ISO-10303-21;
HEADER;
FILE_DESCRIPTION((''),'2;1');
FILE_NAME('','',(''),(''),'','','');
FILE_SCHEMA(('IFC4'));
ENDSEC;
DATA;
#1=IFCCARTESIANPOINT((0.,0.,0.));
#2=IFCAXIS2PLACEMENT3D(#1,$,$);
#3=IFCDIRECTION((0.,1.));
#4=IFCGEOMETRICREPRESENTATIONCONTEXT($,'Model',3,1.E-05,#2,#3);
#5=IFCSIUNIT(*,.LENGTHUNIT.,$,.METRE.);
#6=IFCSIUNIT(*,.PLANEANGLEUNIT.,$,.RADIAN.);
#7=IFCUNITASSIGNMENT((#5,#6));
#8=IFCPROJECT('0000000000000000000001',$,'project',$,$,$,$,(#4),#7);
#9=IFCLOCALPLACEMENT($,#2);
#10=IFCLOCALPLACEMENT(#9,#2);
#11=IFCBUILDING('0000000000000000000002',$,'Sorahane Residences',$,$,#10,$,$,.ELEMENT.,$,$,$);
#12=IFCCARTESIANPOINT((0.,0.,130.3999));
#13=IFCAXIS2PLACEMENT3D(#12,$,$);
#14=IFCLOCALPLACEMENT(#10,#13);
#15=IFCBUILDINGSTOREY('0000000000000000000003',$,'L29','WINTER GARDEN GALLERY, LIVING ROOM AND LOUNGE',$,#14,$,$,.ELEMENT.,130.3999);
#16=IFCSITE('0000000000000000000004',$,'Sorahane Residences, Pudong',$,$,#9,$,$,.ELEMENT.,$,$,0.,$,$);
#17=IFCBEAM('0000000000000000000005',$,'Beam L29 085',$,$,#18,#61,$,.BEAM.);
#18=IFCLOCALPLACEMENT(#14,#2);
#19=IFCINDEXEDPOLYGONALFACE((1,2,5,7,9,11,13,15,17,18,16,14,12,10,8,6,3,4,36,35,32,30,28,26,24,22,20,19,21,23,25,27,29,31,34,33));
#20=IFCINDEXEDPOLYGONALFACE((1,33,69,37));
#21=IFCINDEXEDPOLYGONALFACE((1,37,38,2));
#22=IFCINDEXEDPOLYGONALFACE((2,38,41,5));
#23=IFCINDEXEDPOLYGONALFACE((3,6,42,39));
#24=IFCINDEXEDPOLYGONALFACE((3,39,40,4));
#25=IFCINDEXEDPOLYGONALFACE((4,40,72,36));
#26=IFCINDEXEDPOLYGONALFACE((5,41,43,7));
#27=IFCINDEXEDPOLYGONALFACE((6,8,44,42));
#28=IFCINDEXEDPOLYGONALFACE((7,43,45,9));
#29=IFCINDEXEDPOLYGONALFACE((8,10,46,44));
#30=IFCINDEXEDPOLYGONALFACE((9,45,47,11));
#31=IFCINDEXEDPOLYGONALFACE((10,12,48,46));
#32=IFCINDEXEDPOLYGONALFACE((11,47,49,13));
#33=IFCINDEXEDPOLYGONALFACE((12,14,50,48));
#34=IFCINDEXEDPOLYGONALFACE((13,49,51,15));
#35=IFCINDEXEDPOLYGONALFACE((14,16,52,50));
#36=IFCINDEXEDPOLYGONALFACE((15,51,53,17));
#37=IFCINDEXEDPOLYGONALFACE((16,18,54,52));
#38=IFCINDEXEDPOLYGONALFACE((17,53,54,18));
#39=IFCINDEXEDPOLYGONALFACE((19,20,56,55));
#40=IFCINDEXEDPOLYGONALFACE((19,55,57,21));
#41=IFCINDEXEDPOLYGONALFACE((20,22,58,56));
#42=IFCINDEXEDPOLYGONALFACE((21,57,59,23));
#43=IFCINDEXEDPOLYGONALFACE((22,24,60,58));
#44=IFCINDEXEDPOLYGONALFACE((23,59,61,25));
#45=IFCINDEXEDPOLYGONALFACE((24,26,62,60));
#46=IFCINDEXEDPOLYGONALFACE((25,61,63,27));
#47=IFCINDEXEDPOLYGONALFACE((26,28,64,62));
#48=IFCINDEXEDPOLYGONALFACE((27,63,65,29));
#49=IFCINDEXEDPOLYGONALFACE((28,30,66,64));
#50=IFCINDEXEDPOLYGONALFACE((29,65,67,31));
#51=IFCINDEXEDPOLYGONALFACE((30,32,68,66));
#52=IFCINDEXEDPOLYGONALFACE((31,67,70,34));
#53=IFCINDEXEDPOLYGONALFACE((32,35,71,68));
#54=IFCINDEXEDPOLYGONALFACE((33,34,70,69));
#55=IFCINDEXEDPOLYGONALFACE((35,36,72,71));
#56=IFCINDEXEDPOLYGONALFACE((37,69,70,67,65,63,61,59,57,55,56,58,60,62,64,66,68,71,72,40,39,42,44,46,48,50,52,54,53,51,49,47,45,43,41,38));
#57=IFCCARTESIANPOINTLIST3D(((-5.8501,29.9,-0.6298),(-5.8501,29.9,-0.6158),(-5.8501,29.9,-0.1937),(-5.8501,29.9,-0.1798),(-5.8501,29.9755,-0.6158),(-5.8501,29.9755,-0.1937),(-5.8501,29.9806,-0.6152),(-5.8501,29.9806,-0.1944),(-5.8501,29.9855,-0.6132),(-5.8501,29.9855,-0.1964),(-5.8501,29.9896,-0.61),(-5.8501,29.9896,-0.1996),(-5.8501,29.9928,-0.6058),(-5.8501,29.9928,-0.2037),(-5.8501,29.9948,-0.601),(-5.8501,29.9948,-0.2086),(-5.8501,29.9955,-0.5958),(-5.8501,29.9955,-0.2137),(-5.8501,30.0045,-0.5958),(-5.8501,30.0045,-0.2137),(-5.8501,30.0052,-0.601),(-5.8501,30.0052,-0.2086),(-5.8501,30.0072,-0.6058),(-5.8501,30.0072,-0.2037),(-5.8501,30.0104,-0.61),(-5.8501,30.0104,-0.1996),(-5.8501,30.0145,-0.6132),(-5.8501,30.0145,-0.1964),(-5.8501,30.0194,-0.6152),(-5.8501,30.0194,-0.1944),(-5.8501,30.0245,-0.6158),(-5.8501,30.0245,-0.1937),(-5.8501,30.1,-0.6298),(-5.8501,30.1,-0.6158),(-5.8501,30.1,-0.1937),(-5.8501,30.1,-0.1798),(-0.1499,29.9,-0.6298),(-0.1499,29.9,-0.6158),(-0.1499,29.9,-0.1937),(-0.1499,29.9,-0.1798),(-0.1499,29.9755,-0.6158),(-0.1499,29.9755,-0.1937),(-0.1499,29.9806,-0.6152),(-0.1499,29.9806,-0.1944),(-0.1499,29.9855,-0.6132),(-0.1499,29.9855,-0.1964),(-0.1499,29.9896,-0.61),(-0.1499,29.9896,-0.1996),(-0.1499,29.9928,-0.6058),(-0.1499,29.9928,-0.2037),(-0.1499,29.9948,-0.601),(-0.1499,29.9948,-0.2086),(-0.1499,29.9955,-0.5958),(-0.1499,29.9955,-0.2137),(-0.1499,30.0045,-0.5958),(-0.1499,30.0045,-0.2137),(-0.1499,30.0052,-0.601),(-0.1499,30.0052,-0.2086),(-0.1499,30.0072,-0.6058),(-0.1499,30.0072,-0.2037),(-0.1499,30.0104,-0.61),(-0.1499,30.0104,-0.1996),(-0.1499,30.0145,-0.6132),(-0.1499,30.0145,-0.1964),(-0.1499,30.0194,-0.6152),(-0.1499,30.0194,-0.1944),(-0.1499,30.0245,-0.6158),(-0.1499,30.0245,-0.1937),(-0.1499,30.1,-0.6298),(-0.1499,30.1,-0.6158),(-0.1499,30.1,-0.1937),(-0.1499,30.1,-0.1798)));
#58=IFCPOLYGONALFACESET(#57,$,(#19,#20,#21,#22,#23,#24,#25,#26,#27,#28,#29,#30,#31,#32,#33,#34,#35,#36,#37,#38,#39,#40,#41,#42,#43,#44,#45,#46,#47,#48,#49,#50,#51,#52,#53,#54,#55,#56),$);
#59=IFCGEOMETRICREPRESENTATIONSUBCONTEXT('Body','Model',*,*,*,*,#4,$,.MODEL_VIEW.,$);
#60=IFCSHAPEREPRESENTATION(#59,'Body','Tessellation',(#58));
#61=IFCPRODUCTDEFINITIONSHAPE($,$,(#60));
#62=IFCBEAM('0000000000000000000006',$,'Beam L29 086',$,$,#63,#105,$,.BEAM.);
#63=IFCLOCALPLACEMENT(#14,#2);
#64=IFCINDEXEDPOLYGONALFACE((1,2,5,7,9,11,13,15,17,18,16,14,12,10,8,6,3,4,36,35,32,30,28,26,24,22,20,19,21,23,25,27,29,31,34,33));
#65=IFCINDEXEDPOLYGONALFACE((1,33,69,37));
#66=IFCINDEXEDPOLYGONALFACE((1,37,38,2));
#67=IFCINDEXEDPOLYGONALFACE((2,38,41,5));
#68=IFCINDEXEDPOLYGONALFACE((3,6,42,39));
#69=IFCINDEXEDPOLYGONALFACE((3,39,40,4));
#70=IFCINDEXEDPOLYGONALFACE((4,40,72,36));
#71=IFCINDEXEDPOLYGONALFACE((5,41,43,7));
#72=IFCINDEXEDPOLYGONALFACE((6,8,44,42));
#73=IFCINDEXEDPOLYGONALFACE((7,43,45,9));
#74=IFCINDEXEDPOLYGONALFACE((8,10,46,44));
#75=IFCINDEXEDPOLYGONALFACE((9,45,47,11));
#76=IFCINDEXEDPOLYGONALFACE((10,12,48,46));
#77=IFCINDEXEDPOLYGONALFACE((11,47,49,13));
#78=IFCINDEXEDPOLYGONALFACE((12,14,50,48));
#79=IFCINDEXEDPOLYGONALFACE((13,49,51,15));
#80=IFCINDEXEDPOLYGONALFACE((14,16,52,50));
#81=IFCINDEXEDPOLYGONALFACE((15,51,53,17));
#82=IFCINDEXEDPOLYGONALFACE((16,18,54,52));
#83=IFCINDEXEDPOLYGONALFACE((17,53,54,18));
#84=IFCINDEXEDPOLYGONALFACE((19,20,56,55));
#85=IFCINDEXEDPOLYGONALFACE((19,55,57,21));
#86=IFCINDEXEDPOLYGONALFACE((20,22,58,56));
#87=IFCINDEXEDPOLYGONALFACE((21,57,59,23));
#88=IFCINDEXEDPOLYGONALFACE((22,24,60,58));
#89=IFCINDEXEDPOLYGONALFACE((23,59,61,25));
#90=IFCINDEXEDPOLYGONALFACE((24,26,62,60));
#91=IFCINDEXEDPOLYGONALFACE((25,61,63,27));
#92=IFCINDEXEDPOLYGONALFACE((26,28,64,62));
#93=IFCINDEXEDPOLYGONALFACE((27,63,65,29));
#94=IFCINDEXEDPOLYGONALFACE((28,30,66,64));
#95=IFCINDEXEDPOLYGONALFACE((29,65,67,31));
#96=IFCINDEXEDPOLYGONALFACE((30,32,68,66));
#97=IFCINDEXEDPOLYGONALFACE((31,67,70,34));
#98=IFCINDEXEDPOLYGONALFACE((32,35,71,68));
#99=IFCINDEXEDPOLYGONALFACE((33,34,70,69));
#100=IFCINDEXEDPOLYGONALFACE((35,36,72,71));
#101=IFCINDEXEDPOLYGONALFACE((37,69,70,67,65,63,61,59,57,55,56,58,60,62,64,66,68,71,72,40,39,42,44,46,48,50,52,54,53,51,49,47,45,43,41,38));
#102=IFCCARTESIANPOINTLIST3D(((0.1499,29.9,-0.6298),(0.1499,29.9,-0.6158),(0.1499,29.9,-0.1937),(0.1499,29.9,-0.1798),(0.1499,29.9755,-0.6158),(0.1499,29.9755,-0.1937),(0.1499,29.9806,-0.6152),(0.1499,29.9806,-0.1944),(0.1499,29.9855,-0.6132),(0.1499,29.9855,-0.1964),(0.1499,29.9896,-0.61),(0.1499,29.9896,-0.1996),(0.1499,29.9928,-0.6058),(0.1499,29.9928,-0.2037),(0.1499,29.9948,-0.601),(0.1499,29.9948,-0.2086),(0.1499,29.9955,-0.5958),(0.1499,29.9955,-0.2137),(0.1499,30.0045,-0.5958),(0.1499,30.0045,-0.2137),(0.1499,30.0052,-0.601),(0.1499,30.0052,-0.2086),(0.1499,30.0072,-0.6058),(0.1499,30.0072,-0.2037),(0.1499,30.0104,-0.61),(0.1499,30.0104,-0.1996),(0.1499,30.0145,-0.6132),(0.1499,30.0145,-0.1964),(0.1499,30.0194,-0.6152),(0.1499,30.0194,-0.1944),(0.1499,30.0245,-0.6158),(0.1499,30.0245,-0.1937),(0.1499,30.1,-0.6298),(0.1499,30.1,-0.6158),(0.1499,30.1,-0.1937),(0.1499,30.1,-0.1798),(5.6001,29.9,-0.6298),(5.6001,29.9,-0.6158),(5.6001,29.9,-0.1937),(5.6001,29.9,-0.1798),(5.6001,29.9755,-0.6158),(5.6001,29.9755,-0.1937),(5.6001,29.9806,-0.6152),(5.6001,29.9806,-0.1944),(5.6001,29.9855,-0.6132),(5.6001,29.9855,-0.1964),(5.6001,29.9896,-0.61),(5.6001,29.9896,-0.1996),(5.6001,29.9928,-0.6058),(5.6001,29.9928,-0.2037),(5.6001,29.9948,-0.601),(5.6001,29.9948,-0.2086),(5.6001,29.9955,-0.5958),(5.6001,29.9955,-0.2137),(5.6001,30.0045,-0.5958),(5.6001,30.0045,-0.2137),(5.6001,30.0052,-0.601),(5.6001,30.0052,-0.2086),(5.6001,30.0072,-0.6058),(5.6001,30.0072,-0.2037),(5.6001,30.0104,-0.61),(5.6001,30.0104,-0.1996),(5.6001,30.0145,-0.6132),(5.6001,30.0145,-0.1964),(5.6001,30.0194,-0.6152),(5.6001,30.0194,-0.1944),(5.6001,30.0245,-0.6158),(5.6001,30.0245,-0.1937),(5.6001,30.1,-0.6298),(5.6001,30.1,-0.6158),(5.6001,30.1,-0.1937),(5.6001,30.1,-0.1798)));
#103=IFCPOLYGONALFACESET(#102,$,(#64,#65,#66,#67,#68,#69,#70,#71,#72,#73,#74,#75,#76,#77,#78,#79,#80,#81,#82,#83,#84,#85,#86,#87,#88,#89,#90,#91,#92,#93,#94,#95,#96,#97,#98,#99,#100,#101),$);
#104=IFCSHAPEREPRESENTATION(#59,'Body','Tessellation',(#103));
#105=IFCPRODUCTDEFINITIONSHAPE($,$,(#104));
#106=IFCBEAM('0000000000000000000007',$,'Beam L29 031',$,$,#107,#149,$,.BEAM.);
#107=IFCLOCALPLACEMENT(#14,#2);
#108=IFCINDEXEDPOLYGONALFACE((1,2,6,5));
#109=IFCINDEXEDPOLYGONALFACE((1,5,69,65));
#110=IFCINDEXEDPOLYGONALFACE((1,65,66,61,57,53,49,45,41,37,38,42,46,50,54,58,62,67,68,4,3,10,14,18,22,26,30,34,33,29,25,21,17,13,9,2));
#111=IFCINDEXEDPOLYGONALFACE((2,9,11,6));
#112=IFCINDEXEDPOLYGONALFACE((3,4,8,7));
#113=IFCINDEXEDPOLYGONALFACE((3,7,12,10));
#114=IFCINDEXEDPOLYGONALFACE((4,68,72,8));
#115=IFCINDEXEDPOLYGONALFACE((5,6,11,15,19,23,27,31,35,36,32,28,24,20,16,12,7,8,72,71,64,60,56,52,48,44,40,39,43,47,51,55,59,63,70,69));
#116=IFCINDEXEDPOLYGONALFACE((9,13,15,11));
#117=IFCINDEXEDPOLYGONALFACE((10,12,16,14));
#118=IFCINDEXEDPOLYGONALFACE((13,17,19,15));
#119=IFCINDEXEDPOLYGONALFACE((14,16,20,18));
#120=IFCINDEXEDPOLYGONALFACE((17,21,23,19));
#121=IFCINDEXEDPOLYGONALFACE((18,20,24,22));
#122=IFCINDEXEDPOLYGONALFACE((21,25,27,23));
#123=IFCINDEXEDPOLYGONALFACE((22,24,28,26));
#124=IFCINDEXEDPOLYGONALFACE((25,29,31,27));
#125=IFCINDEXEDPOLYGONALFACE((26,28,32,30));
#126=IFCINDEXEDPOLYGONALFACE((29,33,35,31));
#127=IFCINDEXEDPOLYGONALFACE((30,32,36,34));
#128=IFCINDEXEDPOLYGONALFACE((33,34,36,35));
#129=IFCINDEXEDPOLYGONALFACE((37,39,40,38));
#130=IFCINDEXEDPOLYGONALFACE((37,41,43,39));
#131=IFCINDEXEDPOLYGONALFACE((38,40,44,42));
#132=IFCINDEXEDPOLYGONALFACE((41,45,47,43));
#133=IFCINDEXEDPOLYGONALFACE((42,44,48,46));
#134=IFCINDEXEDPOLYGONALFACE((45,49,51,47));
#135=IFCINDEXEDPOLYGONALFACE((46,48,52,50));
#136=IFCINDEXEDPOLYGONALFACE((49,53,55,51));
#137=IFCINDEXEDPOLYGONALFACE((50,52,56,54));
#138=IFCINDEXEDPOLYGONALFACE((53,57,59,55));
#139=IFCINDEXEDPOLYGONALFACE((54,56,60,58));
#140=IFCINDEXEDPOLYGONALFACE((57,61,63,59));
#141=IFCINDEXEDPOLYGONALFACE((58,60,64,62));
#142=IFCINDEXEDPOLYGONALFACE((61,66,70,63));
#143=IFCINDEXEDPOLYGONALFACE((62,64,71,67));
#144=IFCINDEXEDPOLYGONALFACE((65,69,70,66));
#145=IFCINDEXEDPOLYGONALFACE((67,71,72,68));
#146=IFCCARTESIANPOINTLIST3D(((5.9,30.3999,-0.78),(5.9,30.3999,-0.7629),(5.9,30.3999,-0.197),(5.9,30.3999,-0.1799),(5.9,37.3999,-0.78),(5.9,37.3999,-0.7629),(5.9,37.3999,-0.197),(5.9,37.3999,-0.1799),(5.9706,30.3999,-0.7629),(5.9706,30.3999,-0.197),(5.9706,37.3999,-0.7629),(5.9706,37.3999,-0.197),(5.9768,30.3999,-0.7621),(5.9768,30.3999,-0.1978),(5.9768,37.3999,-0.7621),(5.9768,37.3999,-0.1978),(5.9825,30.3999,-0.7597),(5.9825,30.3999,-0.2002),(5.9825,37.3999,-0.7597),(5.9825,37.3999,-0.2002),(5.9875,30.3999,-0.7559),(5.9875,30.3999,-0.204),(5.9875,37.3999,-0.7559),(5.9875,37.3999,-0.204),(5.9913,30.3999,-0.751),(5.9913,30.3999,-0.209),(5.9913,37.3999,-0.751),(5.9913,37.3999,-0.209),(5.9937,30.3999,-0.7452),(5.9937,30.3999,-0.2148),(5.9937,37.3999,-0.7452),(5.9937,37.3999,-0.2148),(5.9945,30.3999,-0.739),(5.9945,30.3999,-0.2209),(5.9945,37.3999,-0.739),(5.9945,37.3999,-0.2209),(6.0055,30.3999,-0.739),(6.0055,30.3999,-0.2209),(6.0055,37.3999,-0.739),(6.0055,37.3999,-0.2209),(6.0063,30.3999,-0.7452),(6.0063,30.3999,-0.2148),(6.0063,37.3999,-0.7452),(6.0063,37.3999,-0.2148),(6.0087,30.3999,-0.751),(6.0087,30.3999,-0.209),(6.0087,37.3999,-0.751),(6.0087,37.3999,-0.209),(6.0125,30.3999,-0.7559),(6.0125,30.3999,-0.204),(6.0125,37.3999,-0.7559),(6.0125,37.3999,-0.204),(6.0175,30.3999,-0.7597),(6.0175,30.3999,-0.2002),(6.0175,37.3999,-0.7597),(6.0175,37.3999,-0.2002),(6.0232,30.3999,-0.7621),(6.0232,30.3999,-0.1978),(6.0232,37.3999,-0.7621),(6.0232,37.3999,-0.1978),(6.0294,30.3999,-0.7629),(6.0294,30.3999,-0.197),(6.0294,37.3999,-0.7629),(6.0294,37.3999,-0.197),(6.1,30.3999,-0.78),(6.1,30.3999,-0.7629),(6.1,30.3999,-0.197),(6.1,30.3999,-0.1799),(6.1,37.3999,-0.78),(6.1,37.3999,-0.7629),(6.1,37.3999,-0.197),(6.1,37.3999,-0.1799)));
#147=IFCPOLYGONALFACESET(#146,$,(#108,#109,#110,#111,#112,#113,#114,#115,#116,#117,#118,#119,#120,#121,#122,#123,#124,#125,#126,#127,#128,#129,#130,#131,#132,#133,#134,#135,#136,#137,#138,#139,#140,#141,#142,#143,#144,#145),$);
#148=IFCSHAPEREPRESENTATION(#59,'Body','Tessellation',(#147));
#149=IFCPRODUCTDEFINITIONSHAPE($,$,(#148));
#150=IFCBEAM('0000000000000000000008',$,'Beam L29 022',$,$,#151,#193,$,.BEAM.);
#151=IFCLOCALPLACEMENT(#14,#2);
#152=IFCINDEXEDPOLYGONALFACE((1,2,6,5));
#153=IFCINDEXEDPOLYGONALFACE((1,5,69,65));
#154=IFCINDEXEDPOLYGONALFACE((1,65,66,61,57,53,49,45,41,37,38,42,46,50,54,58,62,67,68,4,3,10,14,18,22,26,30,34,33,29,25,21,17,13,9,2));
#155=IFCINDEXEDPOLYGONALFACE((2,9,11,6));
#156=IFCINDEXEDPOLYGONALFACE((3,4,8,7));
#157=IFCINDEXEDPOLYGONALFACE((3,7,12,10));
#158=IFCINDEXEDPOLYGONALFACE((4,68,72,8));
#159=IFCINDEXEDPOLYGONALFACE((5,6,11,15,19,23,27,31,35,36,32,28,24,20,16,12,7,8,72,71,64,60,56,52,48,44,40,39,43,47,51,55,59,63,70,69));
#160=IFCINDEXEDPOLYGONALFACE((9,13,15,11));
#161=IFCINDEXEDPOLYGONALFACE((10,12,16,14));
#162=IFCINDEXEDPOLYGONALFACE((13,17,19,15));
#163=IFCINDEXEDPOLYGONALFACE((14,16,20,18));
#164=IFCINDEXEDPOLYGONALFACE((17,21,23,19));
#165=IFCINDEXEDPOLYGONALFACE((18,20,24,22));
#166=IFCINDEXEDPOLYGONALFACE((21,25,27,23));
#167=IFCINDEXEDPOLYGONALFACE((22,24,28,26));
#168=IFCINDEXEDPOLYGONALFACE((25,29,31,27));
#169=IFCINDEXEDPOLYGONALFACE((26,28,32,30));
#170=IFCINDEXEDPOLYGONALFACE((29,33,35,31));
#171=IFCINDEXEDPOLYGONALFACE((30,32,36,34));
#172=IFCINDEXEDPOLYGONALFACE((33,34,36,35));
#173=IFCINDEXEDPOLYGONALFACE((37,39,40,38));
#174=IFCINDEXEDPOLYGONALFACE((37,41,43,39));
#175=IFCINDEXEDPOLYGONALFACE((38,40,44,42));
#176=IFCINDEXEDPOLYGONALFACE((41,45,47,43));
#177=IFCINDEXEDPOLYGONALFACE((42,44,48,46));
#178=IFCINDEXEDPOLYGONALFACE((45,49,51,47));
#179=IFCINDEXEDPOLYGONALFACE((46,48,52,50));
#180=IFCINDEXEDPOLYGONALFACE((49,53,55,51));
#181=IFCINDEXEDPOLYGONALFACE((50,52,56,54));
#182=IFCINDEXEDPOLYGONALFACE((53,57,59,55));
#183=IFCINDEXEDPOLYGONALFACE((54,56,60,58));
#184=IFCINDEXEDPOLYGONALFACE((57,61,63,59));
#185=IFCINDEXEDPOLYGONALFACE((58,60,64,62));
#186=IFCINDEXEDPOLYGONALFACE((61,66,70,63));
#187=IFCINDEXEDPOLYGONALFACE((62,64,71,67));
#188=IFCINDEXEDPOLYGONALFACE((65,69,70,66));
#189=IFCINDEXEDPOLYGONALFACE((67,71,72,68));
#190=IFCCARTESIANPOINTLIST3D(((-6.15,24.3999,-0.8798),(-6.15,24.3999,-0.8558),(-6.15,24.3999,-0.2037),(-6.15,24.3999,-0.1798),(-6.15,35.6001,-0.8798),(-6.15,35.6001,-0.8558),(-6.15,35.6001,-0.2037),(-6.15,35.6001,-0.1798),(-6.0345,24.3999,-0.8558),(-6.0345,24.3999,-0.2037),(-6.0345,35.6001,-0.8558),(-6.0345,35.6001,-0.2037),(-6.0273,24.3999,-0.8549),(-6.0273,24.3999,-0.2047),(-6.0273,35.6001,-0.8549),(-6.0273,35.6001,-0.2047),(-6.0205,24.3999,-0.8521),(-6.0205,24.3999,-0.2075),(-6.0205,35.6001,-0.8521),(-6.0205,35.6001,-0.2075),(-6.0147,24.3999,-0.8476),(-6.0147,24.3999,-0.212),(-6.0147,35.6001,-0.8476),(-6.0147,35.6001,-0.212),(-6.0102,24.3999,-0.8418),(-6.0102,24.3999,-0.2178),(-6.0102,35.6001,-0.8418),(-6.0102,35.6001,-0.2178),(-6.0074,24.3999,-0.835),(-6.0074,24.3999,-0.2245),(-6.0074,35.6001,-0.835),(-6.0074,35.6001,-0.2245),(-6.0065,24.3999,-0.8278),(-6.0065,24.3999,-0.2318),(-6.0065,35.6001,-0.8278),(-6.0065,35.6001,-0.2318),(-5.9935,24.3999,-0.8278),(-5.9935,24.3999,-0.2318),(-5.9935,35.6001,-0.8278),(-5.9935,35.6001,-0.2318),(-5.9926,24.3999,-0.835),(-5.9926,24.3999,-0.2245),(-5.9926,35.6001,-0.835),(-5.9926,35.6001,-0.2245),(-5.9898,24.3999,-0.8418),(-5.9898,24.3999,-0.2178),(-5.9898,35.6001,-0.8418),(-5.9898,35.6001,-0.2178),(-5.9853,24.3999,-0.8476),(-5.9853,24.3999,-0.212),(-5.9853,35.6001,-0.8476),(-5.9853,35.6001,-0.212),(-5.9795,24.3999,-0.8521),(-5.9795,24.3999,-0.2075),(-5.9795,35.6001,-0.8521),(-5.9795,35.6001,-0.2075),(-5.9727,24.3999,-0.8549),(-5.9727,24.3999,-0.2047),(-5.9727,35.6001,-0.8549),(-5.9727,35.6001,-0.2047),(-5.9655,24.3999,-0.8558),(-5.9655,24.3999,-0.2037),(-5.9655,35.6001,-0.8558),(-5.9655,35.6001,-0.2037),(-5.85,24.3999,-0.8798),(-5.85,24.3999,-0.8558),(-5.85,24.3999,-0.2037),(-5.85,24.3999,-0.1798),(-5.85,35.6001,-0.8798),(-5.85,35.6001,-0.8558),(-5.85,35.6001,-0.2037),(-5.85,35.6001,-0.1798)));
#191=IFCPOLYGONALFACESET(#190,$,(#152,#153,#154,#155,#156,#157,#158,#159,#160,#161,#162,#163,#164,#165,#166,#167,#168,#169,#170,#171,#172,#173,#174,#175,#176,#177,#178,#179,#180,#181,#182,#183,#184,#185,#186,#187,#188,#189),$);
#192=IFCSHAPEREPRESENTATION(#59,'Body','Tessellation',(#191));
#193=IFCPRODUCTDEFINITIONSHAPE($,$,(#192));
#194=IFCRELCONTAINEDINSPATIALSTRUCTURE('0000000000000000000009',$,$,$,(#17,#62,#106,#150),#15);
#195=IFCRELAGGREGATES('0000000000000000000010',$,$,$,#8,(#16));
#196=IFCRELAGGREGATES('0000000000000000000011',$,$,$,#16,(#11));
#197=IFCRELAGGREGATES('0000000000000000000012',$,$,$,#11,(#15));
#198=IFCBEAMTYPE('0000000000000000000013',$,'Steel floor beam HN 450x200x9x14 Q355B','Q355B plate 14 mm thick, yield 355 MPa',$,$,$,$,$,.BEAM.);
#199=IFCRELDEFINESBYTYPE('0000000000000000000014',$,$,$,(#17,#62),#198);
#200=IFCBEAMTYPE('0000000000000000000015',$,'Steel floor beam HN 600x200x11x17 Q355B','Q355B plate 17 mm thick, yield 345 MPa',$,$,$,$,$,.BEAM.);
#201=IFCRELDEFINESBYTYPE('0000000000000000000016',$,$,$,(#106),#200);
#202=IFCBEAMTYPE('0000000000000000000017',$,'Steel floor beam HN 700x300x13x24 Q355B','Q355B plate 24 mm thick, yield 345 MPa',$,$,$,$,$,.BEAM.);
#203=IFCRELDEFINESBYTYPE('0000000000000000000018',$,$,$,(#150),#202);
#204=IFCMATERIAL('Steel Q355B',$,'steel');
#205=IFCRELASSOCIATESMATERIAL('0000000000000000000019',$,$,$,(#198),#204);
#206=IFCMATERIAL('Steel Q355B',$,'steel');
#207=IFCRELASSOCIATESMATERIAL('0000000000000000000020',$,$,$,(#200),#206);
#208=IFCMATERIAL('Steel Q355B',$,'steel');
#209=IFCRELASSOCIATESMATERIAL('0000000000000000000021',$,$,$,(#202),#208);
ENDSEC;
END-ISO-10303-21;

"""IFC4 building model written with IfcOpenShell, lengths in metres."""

from ifc_helpers import new_model, si_unit, direction, frame, origin, origin_2d, place, context, subcontext, project, spatial, i_section, extrude, material, material_profile, profile_set, type_object, element, save


model = new_model("IFC4")

# Units and contexts
model_context = context("Model", 3, precision=1e-05, world=origin(), true_north=direction((0.0, 1.0)))
body_context = subcontext(model_context, "Body", "Model", "MODEL_VIEW")
ifc_project = project(units=[si_unit("LENGTHUNIT", "METRE"), si_unit("PLANEANGLEUNIT", "RADIAN")], contexts=[model_context])

# Site, building, storey
site_placement = place(None, origin())
site = spatial("IfcSite", under=ifc_project, at=site_placement, Name="Sorahane Residences, Pudong", CompositionType="ELEMENT", RefElevation=0.0)
building_placement = place(site_placement, origin())
building = spatial("IfcBuilding", under=site, at=building_placement, Name="Sorahane Residences", CompositionType="ELEMENT")
storey_placement = place(building_placement, frame((0.0, 0.0, 130.3999)))
storey = spatial("IfcBuildingStorey", under=building, at=storey_placement, Name="L29", Description="WINTER GARDEN GALLERY, LIVING ROOM AND LOUNGE", CompositionType="ELEMENT", Elevation=130.3999)

# Beams
ifc_material_1 = material(Name="Steel Q355B", Category="steel")
ifc_material_profile_1 = material_profile(ifc_material_1, i_section(OverallWidth=0.2, OverallDepth=0.45, WebThickness=0.009, FlangeThickness=0.0139, FilletRadius=0.02, at=origin_2d()), Name="HN 450x200x9x14")
ifc_profile_set_1 = profile_set([ifc_material_profile_1], Name="Steel Q355B")
beam_type_1 = type_object("IfcBeamType", Name="Steel floor beam HN 450x200x9x14 Q355B", Description="Q355B plate 14 mm thick, yield 355 MPa", PredefinedType="BEAM", material=ifc_profile_set_1)
beam_1_placement = place(storey_placement, frame((-5.8501, 30.0, -0.4048), z_axis=(1.0, 0.0, 0.0), x_axis=(0.0, 1.0, 0.0)))
element("IfcBeam", 1, at=beam_1_placement, inside=storey, type_object=beam_type_1, Name="Beam L29 085", PredefinedType="BEAM", context=body_context, shape_type="SweptSolid", body=[
    extrude(i_section(OverallWidth=0.2, OverallDepth=0.45, WebThickness=0.009, FlangeThickness=0.0139, FilletRadius=0.02, at=origin_2d()), origin(), (0.0, 0.0, 1.0), 5.7002),
])
beam_2_placement = place(storey_placement, frame((0.1499, 30.0, -0.4048), z_axis=(1.0, 0.0, 0.0), x_axis=(0.0, 1.0, 0.0)))
element("IfcBeam", 2, at=beam_2_placement, inside=storey, type_object=beam_type_1, Name="Beam L29 086", PredefinedType="BEAM", context=body_context, shape_type="SweptSolid", body=[
    extrude(i_section(OverallWidth=0.2, OverallDepth=0.45, WebThickness=0.009, FlangeThickness=0.0139, FilletRadius=0.02, at=origin_2d()), origin(), (0.0, 0.0, 1.0), 5.4502),
])
ifc_material_2 = material(Name="Steel Q355B", Category="steel")
ifc_material_profile_2 = material_profile(ifc_material_2, i_section(OverallWidth=0.2, OverallDepth=0.6001, WebThickness=0.011, FlangeThickness=0.0171, FilletRadius=0.0239, at=origin_2d()), Name="HN 600x200x11x17")
ifc_profile_set_2 = profile_set([ifc_material_profile_2], Name="Steel Q355B")
beam_type_2 = type_object("IfcBeamType", Name="Steel floor beam HN 600x200x11x17 Q355B", Description="Q355B plate 17 mm thick, yield 345 MPa", PredefinedType="BEAM", material=ifc_profile_set_2)
beam_3_placement = place(storey_placement, frame((6.0, 30.3999, -0.48), z_axis=(0.0, 1.0, 0.0), x_axis=(-1.0, 0.0, 0.0)))
element("IfcBeam", 3, at=beam_3_placement, inside=storey, type_object=beam_type_2, Name="Beam L29 031", PredefinedType="BEAM", context=body_context, shape_type="SweptSolid", body=[
    extrude(i_section(OverallWidth=0.2, OverallDepth=0.6001, WebThickness=0.011, FlangeThickness=0.0171, FilletRadius=0.0239, at=origin_2d()), origin(), (0.0, 0.0, 1.0), 7.0),
])
ifc_material_3 = material(Name="Steel Q355B", Category="steel")
ifc_material_profile_3 = material_profile(ifc_material_3, i_section(OverallWidth=0.3, OverallDepth=0.7, WebThickness=0.0129, FlangeThickness=0.0239, FilletRadius=0.0281, at=origin_2d()), Name="HN 700x300x13x24")
ifc_profile_set_3 = profile_set([ifc_material_profile_3], Name="Steel Q355B")
beam_type_3 = type_object("IfcBeamType", Name="Steel floor beam HN 700x300x13x24 Q355B", Description="Q355B plate 24 mm thick, yield 345 MPa", PredefinedType="BEAM", material=ifc_profile_set_3)
beam_4_placement = place(storey_placement, frame((-6.0, 24.3999, -0.5298), z_axis=(0.0, 1.0, 0.0), x_axis=(-1.0, 0.0, 0.0)))
element("IfcBeam", 4, at=beam_4_placement, inside=storey, type_object=beam_type_3, Name="Beam L29 022", PredefinedType="BEAM", context=body_context, shape_type="SweptSolid", body=[
    extrude(i_section(OverallWidth=0.3, OverallDepth=0.7, WebThickness=0.0129, FlangeThickness=0.0239, FilletRadius=0.0281, at=origin_2d()), origin(), (0.0, 0.0, 1.0), 11.2002),
])

save(model, "model.ifc")
